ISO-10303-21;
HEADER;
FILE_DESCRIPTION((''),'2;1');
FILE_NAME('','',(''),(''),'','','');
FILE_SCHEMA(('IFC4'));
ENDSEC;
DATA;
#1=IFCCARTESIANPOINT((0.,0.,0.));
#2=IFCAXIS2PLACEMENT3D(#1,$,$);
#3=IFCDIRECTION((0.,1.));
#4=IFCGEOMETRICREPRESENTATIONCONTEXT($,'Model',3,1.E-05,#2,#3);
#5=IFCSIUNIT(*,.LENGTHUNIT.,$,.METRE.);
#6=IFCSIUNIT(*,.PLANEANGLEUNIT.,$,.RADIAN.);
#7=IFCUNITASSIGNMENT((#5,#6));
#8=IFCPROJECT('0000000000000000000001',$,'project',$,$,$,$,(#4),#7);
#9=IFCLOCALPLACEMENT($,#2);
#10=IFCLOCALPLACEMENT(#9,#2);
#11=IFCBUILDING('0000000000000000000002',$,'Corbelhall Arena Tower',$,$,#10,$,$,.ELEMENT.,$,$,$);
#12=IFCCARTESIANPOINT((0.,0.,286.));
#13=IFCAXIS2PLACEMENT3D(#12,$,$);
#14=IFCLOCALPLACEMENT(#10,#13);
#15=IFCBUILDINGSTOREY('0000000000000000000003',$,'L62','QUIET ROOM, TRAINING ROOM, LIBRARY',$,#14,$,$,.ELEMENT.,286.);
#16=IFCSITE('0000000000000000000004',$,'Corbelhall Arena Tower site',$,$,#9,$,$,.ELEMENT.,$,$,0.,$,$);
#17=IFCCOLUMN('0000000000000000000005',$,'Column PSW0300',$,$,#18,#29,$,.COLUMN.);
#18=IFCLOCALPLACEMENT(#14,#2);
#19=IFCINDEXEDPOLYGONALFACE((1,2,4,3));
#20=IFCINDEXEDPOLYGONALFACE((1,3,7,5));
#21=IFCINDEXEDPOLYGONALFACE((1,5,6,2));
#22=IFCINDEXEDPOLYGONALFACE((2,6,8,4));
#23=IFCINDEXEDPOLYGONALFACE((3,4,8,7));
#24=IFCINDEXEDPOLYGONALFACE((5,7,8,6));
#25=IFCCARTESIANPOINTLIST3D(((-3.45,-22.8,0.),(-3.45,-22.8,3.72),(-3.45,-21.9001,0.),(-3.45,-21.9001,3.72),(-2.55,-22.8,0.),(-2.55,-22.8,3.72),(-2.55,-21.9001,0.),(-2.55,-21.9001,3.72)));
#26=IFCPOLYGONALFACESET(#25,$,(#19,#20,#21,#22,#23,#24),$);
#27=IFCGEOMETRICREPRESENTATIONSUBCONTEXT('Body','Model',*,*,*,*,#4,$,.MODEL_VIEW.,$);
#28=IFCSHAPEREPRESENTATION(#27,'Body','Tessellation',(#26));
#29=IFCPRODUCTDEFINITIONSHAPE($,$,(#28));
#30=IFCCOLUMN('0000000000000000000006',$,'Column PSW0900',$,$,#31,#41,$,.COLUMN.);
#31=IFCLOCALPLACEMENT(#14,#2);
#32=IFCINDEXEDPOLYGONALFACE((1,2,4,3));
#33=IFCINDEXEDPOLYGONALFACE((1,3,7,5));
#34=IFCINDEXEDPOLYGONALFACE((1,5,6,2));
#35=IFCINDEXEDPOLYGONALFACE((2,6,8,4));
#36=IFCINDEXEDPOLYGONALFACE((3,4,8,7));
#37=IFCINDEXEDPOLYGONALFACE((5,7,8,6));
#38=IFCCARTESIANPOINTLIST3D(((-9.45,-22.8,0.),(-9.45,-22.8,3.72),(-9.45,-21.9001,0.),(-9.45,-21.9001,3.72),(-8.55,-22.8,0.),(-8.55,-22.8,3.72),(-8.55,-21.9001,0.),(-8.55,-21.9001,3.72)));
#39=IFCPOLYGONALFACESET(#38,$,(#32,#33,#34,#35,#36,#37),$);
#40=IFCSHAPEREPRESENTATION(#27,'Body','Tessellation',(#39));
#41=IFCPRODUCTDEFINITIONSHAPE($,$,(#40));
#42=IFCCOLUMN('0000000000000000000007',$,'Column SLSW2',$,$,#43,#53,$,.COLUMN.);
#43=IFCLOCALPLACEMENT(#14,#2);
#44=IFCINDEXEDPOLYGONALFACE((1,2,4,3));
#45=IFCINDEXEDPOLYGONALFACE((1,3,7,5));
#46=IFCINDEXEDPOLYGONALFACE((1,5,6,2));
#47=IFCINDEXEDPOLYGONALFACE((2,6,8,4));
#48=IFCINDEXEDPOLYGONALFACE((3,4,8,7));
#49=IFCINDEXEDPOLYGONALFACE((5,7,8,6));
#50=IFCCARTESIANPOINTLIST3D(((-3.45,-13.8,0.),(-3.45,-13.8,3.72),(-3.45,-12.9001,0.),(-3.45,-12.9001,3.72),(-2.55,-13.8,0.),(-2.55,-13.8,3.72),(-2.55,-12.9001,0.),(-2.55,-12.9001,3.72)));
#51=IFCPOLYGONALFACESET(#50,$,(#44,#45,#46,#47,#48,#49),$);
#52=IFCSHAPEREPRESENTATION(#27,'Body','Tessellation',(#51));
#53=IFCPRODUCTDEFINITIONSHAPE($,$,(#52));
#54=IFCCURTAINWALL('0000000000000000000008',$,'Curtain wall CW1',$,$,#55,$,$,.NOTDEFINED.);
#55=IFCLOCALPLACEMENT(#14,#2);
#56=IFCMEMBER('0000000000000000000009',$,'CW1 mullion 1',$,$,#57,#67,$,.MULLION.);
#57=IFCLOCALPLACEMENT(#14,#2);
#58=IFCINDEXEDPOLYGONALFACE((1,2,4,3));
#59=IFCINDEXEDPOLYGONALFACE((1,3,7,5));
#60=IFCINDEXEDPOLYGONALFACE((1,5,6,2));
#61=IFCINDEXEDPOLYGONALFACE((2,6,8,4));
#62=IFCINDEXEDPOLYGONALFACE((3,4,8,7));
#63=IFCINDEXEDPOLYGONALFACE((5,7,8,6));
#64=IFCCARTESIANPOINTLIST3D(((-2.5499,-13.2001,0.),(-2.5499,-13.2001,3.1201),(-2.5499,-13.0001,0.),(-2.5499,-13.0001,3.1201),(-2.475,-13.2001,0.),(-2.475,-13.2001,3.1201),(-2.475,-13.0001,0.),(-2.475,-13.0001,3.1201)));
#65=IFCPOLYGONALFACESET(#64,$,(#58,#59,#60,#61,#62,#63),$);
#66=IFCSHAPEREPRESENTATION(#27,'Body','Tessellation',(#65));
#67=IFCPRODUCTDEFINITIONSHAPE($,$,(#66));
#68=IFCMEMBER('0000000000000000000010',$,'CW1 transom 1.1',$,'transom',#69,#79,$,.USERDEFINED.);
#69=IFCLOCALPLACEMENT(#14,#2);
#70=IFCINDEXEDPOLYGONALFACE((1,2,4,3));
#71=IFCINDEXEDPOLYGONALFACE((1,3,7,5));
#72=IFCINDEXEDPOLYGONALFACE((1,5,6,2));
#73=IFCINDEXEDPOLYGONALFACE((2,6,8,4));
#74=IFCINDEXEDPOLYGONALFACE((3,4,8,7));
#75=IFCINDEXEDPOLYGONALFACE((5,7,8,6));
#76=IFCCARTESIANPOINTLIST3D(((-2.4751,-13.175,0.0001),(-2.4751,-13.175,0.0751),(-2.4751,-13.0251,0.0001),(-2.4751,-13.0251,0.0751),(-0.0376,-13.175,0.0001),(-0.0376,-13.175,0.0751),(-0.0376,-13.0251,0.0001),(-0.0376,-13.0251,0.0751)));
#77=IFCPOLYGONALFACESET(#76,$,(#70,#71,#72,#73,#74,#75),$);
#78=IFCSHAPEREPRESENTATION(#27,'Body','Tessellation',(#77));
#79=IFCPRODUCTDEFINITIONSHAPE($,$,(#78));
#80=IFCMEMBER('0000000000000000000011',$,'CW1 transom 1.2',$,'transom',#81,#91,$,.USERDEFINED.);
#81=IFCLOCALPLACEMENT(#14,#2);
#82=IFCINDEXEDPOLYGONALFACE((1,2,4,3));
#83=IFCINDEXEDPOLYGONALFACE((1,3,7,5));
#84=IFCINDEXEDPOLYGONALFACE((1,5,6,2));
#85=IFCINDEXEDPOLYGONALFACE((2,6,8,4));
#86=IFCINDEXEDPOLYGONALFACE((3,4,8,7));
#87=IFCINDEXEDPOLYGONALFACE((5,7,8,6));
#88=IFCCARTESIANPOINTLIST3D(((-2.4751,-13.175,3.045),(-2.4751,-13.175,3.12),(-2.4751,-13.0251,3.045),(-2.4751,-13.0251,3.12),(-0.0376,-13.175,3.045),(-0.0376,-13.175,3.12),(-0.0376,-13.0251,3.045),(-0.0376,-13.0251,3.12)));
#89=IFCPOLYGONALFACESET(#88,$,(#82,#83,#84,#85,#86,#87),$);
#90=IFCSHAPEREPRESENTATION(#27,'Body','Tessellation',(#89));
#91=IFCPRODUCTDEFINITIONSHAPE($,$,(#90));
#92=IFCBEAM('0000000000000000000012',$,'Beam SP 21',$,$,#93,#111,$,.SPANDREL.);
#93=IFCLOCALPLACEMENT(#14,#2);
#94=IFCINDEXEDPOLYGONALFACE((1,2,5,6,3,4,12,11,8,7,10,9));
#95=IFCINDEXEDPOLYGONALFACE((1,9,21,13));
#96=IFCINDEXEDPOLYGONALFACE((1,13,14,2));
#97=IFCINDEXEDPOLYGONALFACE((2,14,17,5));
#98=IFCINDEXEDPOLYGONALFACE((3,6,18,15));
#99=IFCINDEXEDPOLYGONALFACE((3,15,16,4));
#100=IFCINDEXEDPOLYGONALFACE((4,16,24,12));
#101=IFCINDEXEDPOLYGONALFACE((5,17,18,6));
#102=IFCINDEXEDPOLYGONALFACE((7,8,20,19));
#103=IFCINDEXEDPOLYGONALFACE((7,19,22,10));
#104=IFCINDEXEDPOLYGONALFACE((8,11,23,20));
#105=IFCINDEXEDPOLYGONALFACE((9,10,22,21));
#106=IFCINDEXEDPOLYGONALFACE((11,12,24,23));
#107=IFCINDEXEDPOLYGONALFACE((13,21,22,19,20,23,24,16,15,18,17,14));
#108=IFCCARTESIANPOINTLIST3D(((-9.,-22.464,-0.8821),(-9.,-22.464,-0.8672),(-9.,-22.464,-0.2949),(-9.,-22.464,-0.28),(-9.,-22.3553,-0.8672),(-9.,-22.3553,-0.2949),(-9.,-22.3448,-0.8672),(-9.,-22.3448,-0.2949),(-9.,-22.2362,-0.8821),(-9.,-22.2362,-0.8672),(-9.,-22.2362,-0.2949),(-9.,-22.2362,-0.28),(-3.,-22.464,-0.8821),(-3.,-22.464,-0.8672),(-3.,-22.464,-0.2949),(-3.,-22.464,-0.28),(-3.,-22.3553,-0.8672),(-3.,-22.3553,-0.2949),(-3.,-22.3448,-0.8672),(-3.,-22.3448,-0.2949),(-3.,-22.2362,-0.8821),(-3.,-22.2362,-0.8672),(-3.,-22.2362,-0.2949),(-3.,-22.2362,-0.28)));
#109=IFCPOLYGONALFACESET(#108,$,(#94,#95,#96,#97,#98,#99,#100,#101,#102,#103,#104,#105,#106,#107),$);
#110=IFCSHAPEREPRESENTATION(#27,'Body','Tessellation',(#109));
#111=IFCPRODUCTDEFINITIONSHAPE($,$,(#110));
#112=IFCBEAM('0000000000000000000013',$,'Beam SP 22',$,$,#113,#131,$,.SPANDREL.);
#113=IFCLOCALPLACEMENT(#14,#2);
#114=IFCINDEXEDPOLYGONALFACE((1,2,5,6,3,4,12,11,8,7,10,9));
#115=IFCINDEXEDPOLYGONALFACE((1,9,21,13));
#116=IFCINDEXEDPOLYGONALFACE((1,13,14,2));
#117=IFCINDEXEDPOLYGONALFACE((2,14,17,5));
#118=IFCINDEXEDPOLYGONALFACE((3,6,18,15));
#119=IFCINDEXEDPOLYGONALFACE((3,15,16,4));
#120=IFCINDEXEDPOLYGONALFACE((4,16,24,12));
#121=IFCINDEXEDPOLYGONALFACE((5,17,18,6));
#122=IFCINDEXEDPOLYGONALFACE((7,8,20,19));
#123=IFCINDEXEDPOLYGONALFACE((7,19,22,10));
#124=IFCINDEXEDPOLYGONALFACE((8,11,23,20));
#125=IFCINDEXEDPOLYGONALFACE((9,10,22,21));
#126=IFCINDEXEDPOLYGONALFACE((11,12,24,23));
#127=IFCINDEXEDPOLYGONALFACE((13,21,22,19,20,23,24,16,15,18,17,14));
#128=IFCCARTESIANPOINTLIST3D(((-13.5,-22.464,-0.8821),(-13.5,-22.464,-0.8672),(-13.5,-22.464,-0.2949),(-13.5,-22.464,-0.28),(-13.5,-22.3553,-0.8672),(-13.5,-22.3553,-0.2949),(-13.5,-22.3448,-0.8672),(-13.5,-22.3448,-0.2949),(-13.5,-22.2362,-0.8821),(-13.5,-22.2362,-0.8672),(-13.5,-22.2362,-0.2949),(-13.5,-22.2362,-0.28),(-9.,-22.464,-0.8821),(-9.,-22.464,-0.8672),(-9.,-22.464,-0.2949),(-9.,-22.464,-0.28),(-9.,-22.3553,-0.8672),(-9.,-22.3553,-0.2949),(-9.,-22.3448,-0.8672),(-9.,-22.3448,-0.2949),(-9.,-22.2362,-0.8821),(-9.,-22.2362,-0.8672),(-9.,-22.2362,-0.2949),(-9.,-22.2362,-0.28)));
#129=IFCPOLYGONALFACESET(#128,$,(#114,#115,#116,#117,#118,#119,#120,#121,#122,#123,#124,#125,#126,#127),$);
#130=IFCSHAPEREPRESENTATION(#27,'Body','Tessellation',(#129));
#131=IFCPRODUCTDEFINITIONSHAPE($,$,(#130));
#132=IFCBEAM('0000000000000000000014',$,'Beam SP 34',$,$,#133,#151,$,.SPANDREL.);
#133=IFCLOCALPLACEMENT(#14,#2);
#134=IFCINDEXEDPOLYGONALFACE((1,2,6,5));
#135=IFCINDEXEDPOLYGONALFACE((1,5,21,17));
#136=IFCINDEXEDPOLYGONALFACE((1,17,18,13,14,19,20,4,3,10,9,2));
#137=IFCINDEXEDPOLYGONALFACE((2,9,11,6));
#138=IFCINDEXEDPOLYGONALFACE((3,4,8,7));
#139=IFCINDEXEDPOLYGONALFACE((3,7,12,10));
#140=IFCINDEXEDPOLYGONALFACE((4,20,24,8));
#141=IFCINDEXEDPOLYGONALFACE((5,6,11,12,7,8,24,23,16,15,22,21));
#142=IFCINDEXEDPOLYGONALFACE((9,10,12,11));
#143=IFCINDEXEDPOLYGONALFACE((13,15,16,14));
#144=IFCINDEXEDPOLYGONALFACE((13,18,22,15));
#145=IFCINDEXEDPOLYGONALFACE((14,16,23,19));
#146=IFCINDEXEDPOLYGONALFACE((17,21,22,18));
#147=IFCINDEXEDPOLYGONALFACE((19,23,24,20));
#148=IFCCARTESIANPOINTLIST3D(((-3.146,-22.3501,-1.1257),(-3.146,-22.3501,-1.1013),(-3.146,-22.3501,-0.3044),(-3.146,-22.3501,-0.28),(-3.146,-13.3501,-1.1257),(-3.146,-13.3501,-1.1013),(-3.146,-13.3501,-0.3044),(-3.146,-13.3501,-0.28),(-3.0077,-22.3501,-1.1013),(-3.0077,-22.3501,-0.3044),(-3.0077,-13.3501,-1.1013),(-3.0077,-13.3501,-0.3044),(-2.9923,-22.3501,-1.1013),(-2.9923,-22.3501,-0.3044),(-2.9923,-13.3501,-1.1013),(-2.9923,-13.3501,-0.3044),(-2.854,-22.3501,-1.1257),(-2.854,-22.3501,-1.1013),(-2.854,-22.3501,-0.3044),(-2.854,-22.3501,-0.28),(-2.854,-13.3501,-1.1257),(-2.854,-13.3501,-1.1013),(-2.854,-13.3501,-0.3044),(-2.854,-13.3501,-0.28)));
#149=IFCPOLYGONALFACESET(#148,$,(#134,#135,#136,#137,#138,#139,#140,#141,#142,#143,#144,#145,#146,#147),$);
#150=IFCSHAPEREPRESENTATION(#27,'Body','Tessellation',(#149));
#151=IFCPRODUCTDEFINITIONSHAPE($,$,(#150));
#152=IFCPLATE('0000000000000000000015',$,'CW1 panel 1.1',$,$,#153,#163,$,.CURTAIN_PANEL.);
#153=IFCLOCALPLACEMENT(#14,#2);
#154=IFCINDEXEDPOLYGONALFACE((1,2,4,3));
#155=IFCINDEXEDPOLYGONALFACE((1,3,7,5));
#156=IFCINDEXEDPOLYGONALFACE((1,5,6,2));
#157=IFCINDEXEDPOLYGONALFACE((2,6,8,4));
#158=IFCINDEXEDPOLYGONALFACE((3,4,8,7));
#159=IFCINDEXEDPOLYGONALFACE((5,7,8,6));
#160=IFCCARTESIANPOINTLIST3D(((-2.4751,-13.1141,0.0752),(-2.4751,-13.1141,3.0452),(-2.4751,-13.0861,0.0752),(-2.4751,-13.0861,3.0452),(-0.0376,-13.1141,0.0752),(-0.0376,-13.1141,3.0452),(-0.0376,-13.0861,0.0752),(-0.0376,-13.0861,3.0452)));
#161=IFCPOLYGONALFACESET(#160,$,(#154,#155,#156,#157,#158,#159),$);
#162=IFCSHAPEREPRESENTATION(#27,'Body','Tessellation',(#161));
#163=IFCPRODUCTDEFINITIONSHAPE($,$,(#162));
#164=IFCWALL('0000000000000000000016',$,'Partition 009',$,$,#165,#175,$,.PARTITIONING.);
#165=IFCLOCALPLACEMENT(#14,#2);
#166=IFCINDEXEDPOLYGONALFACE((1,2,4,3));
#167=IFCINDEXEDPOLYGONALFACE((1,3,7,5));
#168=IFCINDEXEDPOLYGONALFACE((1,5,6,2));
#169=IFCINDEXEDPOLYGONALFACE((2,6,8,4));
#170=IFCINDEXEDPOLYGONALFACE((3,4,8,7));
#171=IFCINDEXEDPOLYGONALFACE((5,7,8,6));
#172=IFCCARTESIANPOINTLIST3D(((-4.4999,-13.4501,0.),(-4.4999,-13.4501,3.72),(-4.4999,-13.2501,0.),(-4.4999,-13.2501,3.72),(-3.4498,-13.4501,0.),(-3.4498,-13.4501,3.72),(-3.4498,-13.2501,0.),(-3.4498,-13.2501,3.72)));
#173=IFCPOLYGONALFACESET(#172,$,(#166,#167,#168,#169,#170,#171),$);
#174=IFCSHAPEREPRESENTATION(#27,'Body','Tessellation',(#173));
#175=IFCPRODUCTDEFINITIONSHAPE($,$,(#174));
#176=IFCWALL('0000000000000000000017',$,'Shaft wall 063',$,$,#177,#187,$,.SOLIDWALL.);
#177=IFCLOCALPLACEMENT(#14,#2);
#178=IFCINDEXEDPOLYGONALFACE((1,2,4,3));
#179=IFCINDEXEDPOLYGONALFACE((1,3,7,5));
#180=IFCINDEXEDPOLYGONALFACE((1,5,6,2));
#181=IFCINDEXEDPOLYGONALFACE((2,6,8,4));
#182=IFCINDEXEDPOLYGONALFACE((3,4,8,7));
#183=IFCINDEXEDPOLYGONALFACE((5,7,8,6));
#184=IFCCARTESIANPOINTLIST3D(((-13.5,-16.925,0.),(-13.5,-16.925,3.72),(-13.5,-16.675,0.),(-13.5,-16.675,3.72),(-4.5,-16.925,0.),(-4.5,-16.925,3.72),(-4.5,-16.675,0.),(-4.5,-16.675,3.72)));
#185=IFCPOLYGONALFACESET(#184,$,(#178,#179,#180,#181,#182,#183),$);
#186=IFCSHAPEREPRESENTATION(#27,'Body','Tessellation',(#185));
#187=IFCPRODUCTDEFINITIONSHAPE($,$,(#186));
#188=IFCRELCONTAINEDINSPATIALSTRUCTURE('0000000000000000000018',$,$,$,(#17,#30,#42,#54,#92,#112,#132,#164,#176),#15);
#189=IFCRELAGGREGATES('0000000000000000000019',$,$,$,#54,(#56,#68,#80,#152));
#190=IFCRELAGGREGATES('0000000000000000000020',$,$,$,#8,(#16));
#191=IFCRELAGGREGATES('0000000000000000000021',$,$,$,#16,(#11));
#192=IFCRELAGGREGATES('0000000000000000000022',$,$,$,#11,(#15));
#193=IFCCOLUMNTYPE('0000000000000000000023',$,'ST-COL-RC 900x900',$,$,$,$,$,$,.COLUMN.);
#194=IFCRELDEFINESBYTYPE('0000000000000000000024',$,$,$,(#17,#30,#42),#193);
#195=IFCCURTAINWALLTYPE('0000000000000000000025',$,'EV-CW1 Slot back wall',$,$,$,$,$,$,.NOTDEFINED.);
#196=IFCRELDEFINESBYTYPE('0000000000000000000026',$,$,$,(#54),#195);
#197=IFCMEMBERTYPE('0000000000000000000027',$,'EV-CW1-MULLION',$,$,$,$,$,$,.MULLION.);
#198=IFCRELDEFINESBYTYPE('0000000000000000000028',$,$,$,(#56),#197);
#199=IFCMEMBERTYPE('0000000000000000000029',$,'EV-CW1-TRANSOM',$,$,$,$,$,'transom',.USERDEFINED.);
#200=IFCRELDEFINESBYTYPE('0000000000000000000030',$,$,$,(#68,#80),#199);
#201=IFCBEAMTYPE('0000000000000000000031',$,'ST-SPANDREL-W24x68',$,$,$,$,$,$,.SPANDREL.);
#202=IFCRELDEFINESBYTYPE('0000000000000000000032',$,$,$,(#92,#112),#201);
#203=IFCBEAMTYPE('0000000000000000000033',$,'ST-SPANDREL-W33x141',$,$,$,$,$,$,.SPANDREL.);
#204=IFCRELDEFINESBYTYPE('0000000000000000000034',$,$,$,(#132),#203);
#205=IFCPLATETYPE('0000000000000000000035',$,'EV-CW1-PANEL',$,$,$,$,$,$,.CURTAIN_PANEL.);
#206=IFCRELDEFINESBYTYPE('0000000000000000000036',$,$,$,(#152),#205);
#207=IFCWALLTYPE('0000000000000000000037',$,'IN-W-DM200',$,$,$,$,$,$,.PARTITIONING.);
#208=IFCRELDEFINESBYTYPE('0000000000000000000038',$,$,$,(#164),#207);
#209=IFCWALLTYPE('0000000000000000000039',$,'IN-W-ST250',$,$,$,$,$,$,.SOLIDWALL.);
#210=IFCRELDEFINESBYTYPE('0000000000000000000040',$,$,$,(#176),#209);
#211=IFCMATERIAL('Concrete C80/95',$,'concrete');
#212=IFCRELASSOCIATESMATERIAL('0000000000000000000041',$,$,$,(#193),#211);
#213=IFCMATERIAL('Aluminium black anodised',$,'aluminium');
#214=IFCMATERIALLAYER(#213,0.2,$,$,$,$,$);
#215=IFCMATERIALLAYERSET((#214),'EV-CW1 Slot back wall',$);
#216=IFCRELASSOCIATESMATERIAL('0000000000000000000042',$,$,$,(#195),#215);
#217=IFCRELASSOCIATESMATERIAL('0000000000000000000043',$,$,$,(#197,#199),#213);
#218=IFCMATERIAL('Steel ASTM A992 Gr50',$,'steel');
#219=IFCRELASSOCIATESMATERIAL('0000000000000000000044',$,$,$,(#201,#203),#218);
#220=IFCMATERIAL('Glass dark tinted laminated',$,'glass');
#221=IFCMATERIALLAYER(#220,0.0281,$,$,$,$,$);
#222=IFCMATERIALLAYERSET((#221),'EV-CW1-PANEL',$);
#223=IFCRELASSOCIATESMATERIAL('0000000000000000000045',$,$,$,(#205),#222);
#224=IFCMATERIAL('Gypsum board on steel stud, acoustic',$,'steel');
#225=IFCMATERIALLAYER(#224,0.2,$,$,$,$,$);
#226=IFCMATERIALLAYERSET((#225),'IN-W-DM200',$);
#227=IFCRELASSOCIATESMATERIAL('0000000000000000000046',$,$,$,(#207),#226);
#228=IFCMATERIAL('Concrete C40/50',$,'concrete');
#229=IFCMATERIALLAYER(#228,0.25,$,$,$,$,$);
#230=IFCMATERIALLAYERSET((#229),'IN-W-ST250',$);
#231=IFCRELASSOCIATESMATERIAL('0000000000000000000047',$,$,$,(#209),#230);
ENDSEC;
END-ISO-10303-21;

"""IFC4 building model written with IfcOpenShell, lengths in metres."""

from ifc_helpers import new_model, si_unit, direction, frame, frame_2d, origin, origin_2d, place, context, subcontext, project, spatial, rectangle, i_section, extrude, material, layer, layer_set, material_profile, profile_set, type_object, element, aggregate, save


model = new_model("IFC4")

# Units and contexts
model_context = context("Model", 3, precision=1e-05, world=origin(), true_north=direction((0.0, 1.0)))
body_context = subcontext(model_context, "Body", "Model", "MODEL_VIEW")
ifc_project = project(units=[si_unit("LENGTHUNIT", "METRE"), si_unit("PLANEANGLEUNIT", "RADIAN")], contexts=[model_context])

# Site, building, storey
site_placement = place(None, origin())
site = spatial("IfcSite", under=ifc_project, at=site_placement, Name="Corbelhall Arena Tower site", CompositionType="ELEMENT", RefElevation=0.0)
building_placement = place(site_placement, origin())
building = spatial("IfcBuilding", under=site, at=building_placement, Name="Corbelhall Arena Tower", CompositionType="ELEMENT")
storey_placement = place(building_placement, frame((0.0, 0.0, 286.0)))
storey = spatial("IfcBuildingStorey", under=building, at=storey_placement, Name="L62", Description="QUIET ROOM, TRAINING ROOM, LIBRARY", CompositionType="ELEMENT", Elevation=286.0)

# Columns
ifc_material_1 = material(Name="Concrete C80/95", Category="concrete")
ifc_material_profile_1 = material_profile(ifc_material_1, rectangle(XDim=0.8999, YDim=0.8999, at=origin_2d()))
ifc_profile_set_1 = profile_set([ifc_material_profile_1], Name="Concrete C80/95")
column_type = type_object("IfcColumnType", Name="ST-COL-RC 900x900", PredefinedType="COLUMN", material=ifc_profile_set_1)
for number, where, z_axis, x_axis, name in (
    (1, (-3.0, -22.3501, 0.0), (0.0, 0.0, 1.0), (1.0, 0.0, 0.0), "Column PSW0300"),
    (2, (-9.0, -22.3501, 0.0), (0.0, 0.0, 1.0), (1.0, 0.0, 0.0), "Column PSW0900"),
    (3, (-3.0, -13.3501, 0.0), (0.0, 0.0, 1.0), (1.0, 0.0, 0.0), "Column SLSW2"),
):
    element("IfcColumn", number, at=place(storey_placement, frame(where, z_axis=z_axis, x_axis=x_axis)), inside=storey, type_object=column_type, Name=name, PredefinedType="COLUMN", context=body_context, shape_type="SweptSolid", body=[
        extrude(rectangle(XDim=0.8999, YDim=0.8999, at=origin_2d()), origin(), (0.0, 0.0, 1.0), 3.72),
    ])

# Curtain wall, members
ifc_material_2 = material(Name="Aluminium black anodised", Category="aluminium")
ifc_layer_1 = layer(ifc_material_2, 0.2)
ifc_layer_set_1 = layer_set([ifc_layer_1], Name="EV-CW1 Slot back wall")
curtain_wall_type = type_object("IfcCurtainWallType", Name="EV-CW1 Slot back wall", PredefinedType="NOTDEFINED", material=ifc_layer_set_1)
curtain_wall_placement = place(storey_placement, origin())
curtain_wall = element("IfcCurtainWall", 4, at=curtain_wall_placement, inside=storey, type_object=curtain_wall_type, Name="Curtain wall CW1", PredefinedType="NOTDEFINED")
ifc_material_profile_2 = material_profile(ifc_material_2, rectangle(XDim=0.2, YDim=0.075, at=origin_2d()))
ifc_profile_set_2 = profile_set([ifc_material_profile_2], Name="Aluminium black anodised")
member_type_1 = type_object("IfcMemberType", Name="EV-CW1-MULLION", PredefinedType="MULLION", material=ifc_profile_set_2)
member_1_placement = place(storey_placement, frame((-2.5125, -13.1001, 0.0), z_axis=(0.0, 0.0, 1.0), x_axis=(0.0, 1.0, 0.0)))
member_1 = element("IfcMember", 5, at=member_1_placement, type_object=member_type_1, Name="CW1 mullion 1", PredefinedType="MULLION", context=body_context, shape_type="SweptSolid", body=[
    extrude(rectangle(XDim=0.2, YDim=0.075, at=origin_2d()), origin(), (0.0, 0.0, 1.0), 3.1201),
])
ifc_material_profile_3 = material_profile(ifc_material_2, rectangle(XDim=0.1499, YDim=0.075, at=origin_2d()))
ifc_profile_set_3 = profile_set([ifc_material_profile_3], Name="Aluminium black anodised")
member_type_2 = type_object("IfcMemberType", Name="EV-CW1-TRANSOM", ElementType="transom", PredefinedType="USERDEFINED", material=ifc_profile_set_3)
member_2_placement = place(storey_placement, frame((-2.4751, -13.1001, 0.0376), z_axis=(1.0, 0.0, 0.0), x_axis=(0.0, 1.0, 0.0)))
member_2 = element("IfcMember", 6, at=member_2_placement, type_object=member_type_2, Name="CW1 transom 1.1", ObjectType="transom", PredefinedType="USERDEFINED", context=body_context, shape_type="SweptSolid", body=[
    extrude(rectangle(XDim=0.1499, YDim=0.075, at=origin_2d()), origin(), (0.0, 0.0, 1.0), 2.4375),
])
member_3_placement = place(storey_placement, frame((-2.4751, -13.1001, 3.0825), z_axis=(1.0, 0.0, 0.0), x_axis=(0.0, 1.0, 0.0)))
member_3 = element("IfcMember", 7, at=member_3_placement, type_object=member_type_2, Name="CW1 transom 1.2", ObjectType="transom", PredefinedType="USERDEFINED", context=body_context, shape_type="SweptSolid", body=[
    extrude(rectangle(XDim=0.1499, YDim=0.075, at=origin_2d()), origin(), (0.0, 0.0, 1.0), 2.4375),
])

# Beams
ifc_material_3 = material(Name="Steel ASTM A992 Gr50", Category="steel")
ifc_material_profile_4 = material_profile(ifc_material_3, i_section(OverallWidth=0.2278, OverallDepth=0.6021, WebThickness=0.0105, FlangeThickness=0.0149, at=origin_2d()))
ifc_profile_set_4 = profile_set([ifc_material_profile_4], Name="Steel ASTM A992 Gr50")
beam_type_1 = type_object("IfcBeamType", Name="ST-SPANDREL-W24x68", PredefinedType="SPANDREL", material=ifc_profile_set_4)
beam_1_placement = place(storey_placement, frame((-3.0, -22.3501, -0.5811), z_axis=(-1.0, 0.0, 0.0), x_axis=(0.0, -1.0, 0.0)))
element("IfcBeam", 8, at=beam_1_placement, inside=storey, type_object=beam_type_1, Name="Beam SP 21", PredefinedType="SPANDREL", context=body_context, shape_type="SweptSolid", body=[
    extrude(i_section(OverallWidth=0.2278, OverallDepth=0.6021, WebThickness=0.0105, FlangeThickness=0.0149, at=origin_2d()), origin(), (0.0, 0.0, 1.0), 6.0),
])
beam_2_placement = place(storey_placement, frame((-9.0, -22.3501, -0.5811), z_axis=(-1.0, 0.0, 0.0), x_axis=(0.0, -1.0, 0.0)))
element("IfcBeam", 9, at=beam_2_placement, inside=storey, type_object=beam_type_1, Name="Beam SP 22", PredefinedType="SPANDREL", context=body_context, shape_type="SweptSolid", body=[
    extrude(i_section(OverallWidth=0.2278, OverallDepth=0.6021, WebThickness=0.0105, FlangeThickness=0.0149, at=origin_2d()), origin(), (0.0, 0.0, 1.0), 4.5),
])
ifc_material_profile_5 = material_profile(ifc_material_3, i_section(OverallWidth=0.292, OverallDepth=0.8457, WebThickness=0.0154, FlangeThickness=0.0244, at=origin_2d()))
ifc_profile_set_5 = profile_set([ifc_material_profile_5], Name="Steel ASTM A992 Gr50")
beam_type_2 = type_object("IfcBeamType", Name="ST-SPANDREL-W33x141", PredefinedType="SPANDREL", material=ifc_profile_set_5)
beam_3_placement = place(storey_placement, frame((-3.0, -13.3501, -0.7029), z_axis=(0.0, -1.0, 0.0), x_axis=(1.0, 0.0, 0.0)))
element("IfcBeam", 10, at=beam_3_placement, inside=storey, type_object=beam_type_2, Name="Beam SP 34", PredefinedType="SPANDREL", context=body_context, shape_type="SweptSolid", body=[
    extrude(i_section(OverallWidth=0.292, OverallDepth=0.8457, WebThickness=0.0154, FlangeThickness=0.0244, at=origin_2d()), origin(), (0.0, 0.0, 1.0), 9.0),
])

# Plate
ifc_material_4 = material(Name="Glass dark tinted laminated", Category="glass")
ifc_layer_2 = layer(ifc_material_4, 0.0281)
ifc_layer_set_2 = layer_set([ifc_layer_2], Name="EV-CW1-PANEL")
plate_type = type_object("IfcPlateType", Name="EV-CW1-PANEL", PredefinedType="CURTAIN_PANEL", material=ifc_layer_set_2)
plate_placement = place(storey_placement, frame((-1.2563, -13.1001, 0.0752), z_axis=(0.0, 0.0, 1.0), x_axis=(1.0, 0.0, 0.0)))
plate = element("IfcPlate", 11, at=plate_placement, type_object=plate_type, Name="CW1 panel 1.1", PredefinedType="CURTAIN_PANEL", context=body_context, shape_type="SweptSolid", body=[
    extrude(rectangle(XDim=2.4375, YDim=0.0281, at=origin_2d()), origin(), (0.0, 0.0, 1.0), 2.97),
])
aggregate(curtain_wall, [member_1, member_2, member_3, plate])

# Shared definitions
ifc_material_5 = material(Name="Gypsum board on steel stud, acoustic", Category="steel")
ifc_layer_3 = layer(ifc_material_5, 0.2)
ifc_layer_set_3 = layer_set([ifc_layer_3], Name="IN-W-DM200")
wall_type_1 = type_object("IfcWallType", Name="IN-W-DM200", PredefinedType="PARTITIONING", material=ifc_layer_set_3)

# Walls
wall_1_placement = place(storey_placement, frame((-3.45, -13.3501, 0.0), z_axis=(0.0, 0.0, 1.0), x_axis=(-1.0, 0.0, 0.0)))
element("IfcWall", 12, at=wall_1_placement, inside=storey, type_object=wall_type_1, Name="Partition 009", PredefinedType="PARTITIONING", context=body_context, shape_type="SweptSolid", body=[
    extrude(rectangle(XDim=1.05, YDim=0.2, at=frame_2d((0.5249, 0.0))), origin(), (0.0, 0.0, 1.0), 3.72),
])
ifc_material_6 = material(Name="Concrete C40/50", Category="concrete")
ifc_layer_4 = layer(ifc_material_6, 0.25)
ifc_layer_set_4 = layer_set([ifc_layer_4], Name="IN-W-ST250")
wall_type_2 = type_object("IfcWallType", Name="IN-W-ST250", PredefinedType="SOLIDWALL", material=ifc_layer_set_4)
wall_2_placement = place(storey_placement, frame((-4.5, -16.8, 0.0), z_axis=(0.0, 0.0, 1.0), x_axis=(-1.0, 0.0, 0.0)))
element("IfcWall", 13, at=wall_2_placement, inside=storey, type_object=wall_type_2, Name="Shaft wall 063", PredefinedType="SOLIDWALL", context=body_context, shape_type="SweptSolid", body=[
    extrude(rectangle(XDim=9.0, YDim=0.25, at=frame_2d((4.5, 0.0))), origin(), (0.0, 0.0, 1.0), 3.72),
])

save(model, "model.ifc")
